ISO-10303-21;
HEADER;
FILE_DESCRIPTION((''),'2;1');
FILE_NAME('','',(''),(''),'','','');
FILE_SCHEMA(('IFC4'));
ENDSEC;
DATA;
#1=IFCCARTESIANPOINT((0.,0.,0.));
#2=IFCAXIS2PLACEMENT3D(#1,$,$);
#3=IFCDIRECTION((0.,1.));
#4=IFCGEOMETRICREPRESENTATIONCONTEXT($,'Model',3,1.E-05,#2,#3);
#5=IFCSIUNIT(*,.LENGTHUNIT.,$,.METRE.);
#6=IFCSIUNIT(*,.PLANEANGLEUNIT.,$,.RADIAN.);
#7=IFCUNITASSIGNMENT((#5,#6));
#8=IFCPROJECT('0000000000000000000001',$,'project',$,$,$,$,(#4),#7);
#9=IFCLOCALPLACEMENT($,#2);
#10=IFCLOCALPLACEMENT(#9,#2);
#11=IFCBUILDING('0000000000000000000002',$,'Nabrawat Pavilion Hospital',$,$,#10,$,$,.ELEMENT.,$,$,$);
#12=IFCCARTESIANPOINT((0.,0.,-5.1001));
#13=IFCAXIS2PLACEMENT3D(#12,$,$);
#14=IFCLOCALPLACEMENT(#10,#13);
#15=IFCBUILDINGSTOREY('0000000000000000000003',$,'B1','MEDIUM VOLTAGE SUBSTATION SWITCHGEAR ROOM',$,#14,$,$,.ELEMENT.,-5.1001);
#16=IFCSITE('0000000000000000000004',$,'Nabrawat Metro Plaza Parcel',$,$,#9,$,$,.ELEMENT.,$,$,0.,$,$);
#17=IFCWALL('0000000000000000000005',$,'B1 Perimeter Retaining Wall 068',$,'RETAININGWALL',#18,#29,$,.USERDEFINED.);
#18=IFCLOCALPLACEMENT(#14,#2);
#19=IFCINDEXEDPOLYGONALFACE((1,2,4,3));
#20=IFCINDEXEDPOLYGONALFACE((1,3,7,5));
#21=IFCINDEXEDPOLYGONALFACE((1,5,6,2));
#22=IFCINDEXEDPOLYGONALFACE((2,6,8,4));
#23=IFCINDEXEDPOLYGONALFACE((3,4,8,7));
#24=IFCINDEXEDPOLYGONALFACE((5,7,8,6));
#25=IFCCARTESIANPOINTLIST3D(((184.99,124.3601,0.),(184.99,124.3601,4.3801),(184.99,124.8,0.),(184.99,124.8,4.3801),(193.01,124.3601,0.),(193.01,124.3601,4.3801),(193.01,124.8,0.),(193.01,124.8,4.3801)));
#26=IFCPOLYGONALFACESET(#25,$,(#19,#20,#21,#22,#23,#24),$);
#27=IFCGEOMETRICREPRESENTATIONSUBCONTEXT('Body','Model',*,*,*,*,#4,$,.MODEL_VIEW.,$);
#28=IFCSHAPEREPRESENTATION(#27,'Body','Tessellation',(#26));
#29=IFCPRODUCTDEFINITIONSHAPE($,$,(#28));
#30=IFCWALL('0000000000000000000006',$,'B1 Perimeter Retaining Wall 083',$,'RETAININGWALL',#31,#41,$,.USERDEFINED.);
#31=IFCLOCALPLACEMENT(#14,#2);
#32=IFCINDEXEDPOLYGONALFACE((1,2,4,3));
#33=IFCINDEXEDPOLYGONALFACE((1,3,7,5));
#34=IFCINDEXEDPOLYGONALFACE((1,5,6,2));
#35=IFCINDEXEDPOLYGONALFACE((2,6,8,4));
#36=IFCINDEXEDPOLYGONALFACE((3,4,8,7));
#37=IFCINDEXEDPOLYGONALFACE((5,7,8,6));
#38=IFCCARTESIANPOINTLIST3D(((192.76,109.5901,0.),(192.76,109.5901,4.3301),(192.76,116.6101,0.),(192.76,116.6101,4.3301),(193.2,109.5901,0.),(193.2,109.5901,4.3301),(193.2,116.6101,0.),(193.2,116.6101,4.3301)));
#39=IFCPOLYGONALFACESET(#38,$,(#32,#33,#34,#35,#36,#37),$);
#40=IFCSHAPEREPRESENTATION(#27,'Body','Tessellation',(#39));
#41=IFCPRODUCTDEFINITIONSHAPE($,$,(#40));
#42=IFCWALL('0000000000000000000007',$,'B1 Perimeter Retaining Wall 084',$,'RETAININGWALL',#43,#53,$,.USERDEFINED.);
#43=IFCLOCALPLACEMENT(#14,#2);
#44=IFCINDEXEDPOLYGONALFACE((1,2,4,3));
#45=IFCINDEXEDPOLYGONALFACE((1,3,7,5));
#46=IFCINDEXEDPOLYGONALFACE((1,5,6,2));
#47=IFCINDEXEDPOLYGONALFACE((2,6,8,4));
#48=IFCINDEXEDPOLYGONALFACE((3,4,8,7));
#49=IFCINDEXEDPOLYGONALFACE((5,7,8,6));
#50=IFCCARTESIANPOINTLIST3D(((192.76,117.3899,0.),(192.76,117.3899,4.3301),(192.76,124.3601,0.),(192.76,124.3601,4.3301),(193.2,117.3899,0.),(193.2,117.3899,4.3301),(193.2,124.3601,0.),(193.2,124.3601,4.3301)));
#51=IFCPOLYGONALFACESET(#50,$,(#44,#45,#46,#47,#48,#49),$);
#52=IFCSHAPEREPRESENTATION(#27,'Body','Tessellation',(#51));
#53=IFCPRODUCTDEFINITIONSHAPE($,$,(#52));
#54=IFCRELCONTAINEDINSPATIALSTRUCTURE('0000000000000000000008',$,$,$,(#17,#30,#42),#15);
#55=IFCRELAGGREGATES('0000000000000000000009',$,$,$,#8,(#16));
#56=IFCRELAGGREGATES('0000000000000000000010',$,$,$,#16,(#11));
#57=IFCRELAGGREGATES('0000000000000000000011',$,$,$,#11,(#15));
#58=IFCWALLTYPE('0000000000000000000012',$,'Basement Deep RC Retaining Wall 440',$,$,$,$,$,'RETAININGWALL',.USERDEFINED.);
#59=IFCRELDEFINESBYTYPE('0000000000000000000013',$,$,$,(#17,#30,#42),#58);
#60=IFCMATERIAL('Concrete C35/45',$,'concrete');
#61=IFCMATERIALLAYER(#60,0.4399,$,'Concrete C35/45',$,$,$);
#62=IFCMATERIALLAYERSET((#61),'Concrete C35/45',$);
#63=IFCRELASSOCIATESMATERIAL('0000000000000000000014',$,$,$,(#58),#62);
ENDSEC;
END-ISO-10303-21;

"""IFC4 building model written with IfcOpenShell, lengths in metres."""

from ifc_helpers import new_model, si_unit, direction, frame, frame_2d, origin, place, context, subcontext, project, spatial, rectangle, extrude, material, layer, layer_set, type_object, element, save


model = new_model("IFC4")

# Units and contexts
model_context = context("Model", 3, precision=1e-05, world=origin(), true_north=direction((0.0, 1.0)))
body_context = subcontext(model_context, "Body", "Model", "MODEL_VIEW")
ifc_project = project(units=[si_unit("LENGTHUNIT", "METRE"), si_unit("PLANEANGLEUNIT", "RADIAN")], contexts=[model_context])

# Site, building, storey
site_placement = place(None, origin())
site = spatial("IfcSite", under=ifc_project, at=site_placement, Name="Nabrawat Metro Plaza Parcel", CompositionType="ELEMENT", RefElevation=0.0)
building_placement = place(site_placement, origin())
building = spatial("IfcBuilding", under=site, at=building_placement, Name="Nabrawat Pavilion Hospital", CompositionType="ELEMENT")
storey_placement = place(building_placement, frame((0.0, 0.0, -5.1001)))
storey = spatial("IfcBuildingStorey", under=building, at=storey_placement, Name="B1", Description="MEDIUM VOLTAGE SUBSTATION SWITCHGEAR ROOM", CompositionType="ELEMENT", Elevation=-5.1001)

# Shared definitions
ifc_material_1 = material(Name="Concrete C35/45", Category="concrete")

# Walls
ifc_layer = layer(ifc_material_1, 0.4399, Name="Concrete C35/45")
ifc_layer_set = layer_set([ifc_layer], Name="Concrete C35/45")
wall_type = type_object("IfcWallType", Name="Basement Deep RC Retaining Wall 440", ElementType="RETAININGWALL", PredefinedType="USERDEFINED", material=ifc_layer_set)
for number, where, z_axis, x_axis, name in (
    (1, (184.99, 124.5801, 0.0), (0.0, 0.0, 1.0), (1.0, 0.0, 0.0), "B1 Perimeter Retaining Wall 068"),
):
    element("IfcWall", number, at=place(storey_placement, frame(where, z_axis=z_axis, x_axis=x_axis)), inside=storey, type_object=wall_type, Name=name, ObjectType="RETAININGWALL", PredefinedType="USERDEFINED", context=body_context, shape_type="SweptSolid", body=[
        extrude(rectangle(XDim=8.02, YDim=0.4399, at=frame_2d((4.01, 0.0))), origin(), (0.0, 0.0, 1.0), 4.3801),
    ])
wall_1_placement = place(storey_placement, frame((192.98, 109.5901, 0.0), z_axis=(0.0, 0.0, 1.0), x_axis=(0.0, 1.0, 0.0)))
element("IfcWall", 2, at=wall_1_placement, inside=storey, type_object=wall_type, Name="B1 Perimeter Retaining Wall 083", ObjectType="RETAININGWALL", PredefinedType="USERDEFINED", context=body_context, shape_type="SweptSolid", body=[
    extrude(rectangle(XDim=7.02, YDim=0.4399, at=frame_2d((3.51, 0.0))), origin(), (0.0, 0.0, 1.0), 4.3301),
])
wall_2_placement = place(storey_placement, frame((192.98, 117.3899, 0.0), z_axis=(0.0, 0.0, 1.0), x_axis=(0.0, 1.0, 0.0)))
element("IfcWall", 3, at=wall_2_placement, inside=storey, type_object=wall_type, Name="B1 Perimeter Retaining Wall 084", ObjectType="RETAININGWALL", PredefinedType="USERDEFINED", context=body_context, shape_type="SweptSolid", body=[
    extrude(rectangle(XDim=6.9702, YDim=0.4399, at=frame_2d((3.4851, 0.0))), origin(), (0.0, 0.0, 1.0), 4.3301),
])

save(model, "model.ifc")
